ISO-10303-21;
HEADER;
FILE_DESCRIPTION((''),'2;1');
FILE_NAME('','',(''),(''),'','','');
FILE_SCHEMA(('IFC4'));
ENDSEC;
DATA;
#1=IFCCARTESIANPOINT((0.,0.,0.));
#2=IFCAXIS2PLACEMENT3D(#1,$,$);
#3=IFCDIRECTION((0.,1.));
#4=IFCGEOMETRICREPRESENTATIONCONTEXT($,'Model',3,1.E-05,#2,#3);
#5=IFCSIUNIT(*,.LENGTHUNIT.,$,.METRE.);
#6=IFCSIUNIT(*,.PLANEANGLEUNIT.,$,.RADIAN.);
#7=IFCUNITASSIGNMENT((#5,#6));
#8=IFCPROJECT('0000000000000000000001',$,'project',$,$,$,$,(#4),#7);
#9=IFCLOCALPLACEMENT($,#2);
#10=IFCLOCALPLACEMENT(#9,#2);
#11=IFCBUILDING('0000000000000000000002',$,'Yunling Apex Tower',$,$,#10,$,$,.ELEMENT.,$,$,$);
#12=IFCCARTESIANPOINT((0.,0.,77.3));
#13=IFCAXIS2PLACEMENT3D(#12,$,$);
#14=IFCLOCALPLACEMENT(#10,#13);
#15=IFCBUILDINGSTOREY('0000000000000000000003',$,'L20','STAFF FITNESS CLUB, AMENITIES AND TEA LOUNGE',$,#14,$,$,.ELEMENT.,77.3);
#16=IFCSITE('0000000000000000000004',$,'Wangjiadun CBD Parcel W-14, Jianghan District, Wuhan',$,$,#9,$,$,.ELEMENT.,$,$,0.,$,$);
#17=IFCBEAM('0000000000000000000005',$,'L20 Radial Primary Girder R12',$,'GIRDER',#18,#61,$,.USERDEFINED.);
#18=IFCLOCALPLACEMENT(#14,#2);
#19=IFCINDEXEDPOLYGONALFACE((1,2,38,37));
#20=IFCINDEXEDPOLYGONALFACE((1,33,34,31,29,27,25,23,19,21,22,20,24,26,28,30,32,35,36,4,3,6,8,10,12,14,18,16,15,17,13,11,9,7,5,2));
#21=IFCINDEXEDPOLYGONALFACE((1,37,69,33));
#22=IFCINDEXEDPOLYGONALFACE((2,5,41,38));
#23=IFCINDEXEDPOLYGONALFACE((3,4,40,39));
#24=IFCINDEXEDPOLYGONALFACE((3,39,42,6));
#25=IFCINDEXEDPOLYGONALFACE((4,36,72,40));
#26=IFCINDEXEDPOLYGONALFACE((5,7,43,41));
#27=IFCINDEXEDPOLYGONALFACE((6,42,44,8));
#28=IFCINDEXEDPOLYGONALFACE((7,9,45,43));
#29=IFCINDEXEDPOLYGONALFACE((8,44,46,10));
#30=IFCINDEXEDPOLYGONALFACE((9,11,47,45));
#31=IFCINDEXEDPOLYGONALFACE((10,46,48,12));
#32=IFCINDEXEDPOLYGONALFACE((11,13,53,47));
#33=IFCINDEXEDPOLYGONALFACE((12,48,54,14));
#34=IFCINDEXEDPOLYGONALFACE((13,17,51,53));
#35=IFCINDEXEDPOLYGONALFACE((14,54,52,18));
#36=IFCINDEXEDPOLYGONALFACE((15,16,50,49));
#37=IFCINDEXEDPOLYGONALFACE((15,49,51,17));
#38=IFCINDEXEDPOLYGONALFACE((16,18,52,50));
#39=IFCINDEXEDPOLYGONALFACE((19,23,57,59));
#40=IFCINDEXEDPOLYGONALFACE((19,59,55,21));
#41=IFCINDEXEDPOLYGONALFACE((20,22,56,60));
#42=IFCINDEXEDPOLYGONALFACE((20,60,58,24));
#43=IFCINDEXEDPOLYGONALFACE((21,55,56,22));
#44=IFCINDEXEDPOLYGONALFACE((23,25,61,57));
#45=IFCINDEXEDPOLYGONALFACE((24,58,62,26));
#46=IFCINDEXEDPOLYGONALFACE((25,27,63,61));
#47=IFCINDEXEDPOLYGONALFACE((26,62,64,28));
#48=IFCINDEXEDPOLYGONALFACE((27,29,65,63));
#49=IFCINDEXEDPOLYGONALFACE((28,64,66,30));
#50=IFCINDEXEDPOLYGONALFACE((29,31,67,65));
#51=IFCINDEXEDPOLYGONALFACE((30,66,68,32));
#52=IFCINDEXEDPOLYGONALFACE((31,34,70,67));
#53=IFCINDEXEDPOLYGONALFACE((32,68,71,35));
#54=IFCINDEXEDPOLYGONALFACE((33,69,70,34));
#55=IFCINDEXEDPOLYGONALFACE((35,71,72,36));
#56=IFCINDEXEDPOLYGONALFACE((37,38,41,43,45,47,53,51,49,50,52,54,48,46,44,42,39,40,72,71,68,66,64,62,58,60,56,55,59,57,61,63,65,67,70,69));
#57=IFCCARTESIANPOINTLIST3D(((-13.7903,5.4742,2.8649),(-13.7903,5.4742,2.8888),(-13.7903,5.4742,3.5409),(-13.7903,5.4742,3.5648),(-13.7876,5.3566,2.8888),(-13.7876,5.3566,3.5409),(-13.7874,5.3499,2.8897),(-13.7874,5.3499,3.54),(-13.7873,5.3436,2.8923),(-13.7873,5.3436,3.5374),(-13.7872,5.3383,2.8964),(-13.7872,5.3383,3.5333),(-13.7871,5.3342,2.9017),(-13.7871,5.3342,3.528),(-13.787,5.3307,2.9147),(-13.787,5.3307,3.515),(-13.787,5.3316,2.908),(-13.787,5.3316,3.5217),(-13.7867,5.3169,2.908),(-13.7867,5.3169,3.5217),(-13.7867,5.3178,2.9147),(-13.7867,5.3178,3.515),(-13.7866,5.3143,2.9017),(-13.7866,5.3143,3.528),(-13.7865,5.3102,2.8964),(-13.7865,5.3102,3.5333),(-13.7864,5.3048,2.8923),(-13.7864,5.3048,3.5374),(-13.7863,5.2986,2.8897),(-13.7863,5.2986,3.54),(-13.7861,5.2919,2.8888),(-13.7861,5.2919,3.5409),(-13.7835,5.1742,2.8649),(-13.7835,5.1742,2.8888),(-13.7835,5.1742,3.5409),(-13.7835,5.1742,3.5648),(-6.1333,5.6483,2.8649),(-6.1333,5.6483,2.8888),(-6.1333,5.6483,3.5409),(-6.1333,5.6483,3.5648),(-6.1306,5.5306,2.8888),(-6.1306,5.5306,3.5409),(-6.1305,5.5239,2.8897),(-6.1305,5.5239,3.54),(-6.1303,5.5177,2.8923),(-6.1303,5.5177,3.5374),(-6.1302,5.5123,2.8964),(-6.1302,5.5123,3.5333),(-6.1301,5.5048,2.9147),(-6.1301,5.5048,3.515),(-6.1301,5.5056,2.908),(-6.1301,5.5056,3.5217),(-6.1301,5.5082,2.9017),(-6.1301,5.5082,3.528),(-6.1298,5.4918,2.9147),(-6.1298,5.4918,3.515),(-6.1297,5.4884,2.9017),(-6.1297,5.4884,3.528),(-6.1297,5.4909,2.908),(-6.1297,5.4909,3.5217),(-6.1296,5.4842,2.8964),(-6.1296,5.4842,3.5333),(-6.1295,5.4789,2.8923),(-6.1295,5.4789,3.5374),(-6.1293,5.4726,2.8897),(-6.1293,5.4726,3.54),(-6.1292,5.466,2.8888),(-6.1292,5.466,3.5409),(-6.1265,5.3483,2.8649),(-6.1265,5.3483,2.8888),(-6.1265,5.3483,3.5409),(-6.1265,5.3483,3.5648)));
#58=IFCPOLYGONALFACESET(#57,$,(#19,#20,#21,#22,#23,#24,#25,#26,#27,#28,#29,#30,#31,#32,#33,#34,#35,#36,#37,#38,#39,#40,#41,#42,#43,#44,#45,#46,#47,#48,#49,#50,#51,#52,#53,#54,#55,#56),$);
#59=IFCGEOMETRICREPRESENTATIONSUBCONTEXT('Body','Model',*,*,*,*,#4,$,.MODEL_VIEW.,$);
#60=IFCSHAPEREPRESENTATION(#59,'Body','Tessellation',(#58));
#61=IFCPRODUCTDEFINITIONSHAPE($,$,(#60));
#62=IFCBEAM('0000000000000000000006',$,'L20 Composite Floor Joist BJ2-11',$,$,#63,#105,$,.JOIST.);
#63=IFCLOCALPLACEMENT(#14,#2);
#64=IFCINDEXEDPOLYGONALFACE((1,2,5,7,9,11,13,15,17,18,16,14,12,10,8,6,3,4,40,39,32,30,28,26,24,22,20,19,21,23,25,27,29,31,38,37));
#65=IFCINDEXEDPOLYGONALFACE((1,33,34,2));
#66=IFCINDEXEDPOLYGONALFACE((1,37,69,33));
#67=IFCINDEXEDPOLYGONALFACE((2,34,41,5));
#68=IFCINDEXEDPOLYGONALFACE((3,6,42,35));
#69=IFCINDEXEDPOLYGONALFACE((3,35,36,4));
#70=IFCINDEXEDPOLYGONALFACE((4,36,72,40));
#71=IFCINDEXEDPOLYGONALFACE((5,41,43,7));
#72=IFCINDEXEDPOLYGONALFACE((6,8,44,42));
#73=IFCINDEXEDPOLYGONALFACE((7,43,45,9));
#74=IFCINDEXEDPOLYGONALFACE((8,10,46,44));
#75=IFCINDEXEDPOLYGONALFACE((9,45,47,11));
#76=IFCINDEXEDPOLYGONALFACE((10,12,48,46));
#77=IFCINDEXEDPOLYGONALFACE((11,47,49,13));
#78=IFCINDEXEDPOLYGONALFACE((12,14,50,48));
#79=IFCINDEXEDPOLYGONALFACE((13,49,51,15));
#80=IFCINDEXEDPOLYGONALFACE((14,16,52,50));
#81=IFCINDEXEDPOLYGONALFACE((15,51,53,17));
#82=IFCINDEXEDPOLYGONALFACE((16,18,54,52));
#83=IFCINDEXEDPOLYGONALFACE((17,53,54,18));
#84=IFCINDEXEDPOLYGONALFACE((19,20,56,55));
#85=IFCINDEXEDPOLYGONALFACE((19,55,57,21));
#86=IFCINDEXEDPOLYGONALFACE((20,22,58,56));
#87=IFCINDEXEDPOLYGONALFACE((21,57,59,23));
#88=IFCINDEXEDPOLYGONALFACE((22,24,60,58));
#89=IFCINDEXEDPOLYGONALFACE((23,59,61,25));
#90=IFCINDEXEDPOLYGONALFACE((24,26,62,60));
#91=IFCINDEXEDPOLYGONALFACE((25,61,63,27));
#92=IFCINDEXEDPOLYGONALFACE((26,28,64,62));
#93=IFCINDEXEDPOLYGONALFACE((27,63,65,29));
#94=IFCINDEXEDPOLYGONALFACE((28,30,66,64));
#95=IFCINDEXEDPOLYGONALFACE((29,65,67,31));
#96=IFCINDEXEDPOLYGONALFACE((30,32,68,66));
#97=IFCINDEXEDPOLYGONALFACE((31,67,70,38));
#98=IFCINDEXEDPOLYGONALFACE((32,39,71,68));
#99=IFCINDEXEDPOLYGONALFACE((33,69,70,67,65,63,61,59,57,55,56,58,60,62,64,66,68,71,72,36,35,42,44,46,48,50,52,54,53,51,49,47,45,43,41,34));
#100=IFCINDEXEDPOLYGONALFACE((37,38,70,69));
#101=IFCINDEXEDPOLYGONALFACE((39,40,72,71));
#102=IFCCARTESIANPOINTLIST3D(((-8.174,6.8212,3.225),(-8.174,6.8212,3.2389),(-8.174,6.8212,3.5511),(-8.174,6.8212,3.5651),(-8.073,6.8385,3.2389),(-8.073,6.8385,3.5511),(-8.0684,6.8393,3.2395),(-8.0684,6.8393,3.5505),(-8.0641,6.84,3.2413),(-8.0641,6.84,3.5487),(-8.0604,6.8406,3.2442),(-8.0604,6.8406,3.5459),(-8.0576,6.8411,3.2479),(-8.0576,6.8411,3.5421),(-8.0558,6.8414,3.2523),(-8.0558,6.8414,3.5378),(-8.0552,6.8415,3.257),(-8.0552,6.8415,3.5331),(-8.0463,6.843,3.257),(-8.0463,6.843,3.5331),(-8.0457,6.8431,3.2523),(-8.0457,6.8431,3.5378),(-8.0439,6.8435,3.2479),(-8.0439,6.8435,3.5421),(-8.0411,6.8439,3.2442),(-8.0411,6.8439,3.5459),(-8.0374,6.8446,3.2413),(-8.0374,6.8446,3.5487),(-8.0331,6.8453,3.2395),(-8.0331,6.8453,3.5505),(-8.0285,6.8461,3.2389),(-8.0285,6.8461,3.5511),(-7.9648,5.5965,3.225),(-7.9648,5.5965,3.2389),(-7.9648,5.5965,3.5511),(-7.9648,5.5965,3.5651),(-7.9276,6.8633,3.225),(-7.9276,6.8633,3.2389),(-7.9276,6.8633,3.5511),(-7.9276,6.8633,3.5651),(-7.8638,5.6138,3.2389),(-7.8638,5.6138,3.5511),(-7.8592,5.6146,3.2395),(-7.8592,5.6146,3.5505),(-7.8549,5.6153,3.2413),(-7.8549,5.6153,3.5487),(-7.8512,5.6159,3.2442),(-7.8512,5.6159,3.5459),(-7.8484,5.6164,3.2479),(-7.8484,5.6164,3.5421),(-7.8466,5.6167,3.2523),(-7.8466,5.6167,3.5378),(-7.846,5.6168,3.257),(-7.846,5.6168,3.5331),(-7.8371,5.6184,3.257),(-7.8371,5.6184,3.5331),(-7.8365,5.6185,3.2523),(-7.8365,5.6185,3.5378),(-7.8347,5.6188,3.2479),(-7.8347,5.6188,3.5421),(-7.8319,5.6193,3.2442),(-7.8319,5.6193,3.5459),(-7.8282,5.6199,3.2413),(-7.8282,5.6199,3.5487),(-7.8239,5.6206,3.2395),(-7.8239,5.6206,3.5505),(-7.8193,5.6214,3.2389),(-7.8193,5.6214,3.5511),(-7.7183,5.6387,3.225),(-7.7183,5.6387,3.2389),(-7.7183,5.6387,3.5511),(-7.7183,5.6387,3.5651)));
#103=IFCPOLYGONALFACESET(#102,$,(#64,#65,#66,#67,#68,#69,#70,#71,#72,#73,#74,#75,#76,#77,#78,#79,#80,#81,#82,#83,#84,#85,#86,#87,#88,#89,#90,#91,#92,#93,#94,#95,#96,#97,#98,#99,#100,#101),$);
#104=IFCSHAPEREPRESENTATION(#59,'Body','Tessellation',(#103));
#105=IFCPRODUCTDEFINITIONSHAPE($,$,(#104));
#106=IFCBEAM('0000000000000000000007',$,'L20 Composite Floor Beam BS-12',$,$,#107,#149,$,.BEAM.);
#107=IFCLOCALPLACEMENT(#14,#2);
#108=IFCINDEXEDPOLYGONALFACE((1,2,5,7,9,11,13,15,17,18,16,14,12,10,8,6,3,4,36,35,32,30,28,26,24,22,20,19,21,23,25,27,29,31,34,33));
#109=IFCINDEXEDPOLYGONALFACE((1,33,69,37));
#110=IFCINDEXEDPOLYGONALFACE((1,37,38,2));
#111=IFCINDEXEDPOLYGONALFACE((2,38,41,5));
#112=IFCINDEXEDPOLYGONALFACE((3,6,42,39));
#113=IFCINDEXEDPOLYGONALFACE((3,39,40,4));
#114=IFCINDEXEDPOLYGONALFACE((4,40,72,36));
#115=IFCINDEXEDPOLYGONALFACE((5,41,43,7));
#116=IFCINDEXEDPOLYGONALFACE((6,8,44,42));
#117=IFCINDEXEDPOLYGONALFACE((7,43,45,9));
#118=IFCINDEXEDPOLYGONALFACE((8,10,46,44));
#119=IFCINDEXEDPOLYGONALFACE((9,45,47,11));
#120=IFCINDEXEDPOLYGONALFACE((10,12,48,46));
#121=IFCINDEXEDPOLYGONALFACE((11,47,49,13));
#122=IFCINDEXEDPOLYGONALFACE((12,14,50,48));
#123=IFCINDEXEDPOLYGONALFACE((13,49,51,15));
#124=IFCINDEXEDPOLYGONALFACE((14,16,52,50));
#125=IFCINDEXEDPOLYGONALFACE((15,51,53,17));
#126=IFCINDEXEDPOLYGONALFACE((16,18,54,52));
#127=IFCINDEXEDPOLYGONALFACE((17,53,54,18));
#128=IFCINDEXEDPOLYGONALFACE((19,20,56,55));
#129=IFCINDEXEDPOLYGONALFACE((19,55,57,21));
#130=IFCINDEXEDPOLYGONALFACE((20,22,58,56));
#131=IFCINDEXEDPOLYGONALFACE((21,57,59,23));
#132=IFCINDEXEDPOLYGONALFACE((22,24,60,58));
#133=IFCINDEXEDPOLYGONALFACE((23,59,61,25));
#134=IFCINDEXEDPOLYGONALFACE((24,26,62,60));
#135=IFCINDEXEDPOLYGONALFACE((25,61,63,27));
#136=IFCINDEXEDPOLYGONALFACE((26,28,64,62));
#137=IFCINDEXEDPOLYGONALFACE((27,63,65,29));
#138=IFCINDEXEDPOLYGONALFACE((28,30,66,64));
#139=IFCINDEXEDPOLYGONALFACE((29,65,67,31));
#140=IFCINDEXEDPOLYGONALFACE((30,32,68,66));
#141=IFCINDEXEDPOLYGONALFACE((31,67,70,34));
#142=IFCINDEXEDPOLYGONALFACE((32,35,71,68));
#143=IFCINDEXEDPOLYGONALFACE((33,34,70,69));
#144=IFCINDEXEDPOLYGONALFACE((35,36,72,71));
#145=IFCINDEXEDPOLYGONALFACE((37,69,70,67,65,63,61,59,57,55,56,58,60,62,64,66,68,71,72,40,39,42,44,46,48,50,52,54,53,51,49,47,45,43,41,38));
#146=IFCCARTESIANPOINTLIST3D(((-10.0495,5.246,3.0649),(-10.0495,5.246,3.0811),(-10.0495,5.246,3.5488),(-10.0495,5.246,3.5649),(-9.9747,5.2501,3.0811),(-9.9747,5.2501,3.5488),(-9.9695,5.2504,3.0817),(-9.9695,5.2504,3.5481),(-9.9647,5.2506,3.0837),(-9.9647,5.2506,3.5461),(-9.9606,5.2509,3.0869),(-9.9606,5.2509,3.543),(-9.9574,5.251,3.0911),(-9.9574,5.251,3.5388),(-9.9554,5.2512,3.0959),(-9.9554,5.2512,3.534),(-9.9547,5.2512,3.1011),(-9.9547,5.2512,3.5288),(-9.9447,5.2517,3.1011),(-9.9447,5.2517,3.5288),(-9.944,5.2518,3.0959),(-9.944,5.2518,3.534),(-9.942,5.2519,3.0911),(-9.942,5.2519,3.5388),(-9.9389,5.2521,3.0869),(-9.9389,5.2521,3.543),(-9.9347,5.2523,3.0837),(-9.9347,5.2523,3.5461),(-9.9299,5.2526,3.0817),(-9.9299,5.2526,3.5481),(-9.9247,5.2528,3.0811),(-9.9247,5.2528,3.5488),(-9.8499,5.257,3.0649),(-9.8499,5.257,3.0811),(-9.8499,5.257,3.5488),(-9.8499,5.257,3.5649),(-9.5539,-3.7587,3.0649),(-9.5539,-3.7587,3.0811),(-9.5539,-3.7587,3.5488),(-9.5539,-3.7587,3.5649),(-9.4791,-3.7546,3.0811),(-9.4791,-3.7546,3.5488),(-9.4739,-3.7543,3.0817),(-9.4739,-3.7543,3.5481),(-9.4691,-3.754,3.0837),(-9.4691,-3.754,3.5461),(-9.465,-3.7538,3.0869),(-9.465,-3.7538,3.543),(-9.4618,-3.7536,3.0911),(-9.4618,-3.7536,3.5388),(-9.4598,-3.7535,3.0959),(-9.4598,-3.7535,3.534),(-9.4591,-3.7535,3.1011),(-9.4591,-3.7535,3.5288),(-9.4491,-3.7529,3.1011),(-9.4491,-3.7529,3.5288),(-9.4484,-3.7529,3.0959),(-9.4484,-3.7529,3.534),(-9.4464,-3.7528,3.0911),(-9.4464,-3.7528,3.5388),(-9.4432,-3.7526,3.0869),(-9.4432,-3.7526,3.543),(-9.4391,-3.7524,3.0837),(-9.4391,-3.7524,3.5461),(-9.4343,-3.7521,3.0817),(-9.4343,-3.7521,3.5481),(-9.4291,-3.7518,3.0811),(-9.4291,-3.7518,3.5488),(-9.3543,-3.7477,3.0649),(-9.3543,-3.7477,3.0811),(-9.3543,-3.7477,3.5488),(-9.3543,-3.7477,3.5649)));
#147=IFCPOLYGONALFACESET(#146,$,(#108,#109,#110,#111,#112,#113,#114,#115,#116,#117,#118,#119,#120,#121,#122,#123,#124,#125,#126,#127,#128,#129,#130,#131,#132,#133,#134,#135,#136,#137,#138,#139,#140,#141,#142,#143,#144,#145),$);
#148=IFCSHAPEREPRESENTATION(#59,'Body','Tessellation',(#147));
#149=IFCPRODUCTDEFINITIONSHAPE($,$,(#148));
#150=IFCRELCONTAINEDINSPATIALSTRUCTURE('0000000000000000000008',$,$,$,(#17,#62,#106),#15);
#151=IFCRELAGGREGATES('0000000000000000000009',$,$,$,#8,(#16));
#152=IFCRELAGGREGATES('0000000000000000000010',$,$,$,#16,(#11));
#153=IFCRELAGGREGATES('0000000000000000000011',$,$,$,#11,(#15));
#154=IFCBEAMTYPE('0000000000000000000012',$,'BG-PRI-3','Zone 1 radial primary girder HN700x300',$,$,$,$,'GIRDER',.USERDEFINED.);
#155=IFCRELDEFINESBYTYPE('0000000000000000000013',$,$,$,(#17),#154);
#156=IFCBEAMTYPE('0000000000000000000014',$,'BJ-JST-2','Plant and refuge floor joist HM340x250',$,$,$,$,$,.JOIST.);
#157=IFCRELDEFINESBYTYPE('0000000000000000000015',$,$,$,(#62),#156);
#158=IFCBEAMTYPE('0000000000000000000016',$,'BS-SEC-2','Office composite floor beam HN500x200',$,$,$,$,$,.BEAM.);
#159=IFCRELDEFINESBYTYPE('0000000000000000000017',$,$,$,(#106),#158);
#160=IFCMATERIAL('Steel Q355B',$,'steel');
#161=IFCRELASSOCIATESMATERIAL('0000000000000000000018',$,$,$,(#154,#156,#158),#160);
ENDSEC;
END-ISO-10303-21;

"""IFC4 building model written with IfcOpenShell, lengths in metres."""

from ifc_helpers import new_model, si_unit, direction, frame, origin, origin_2d, place, context, subcontext, project, spatial, i_section, extrude, source, transform, mapped, material, material_profile, profile_set, type_object, element, save


model = new_model("IFC4")

# Units and contexts
model_context = context("Model", 3, precision=1e-05, world=origin(), true_north=direction((0.0, 1.0)))
body_context = subcontext(model_context, "Body", "Model", "MODEL_VIEW")
ifc_project = project(units=[si_unit("LENGTHUNIT", "METRE"), si_unit("PLANEANGLEUNIT", "RADIAN")], contexts=[model_context])

# Site, building, storey
site_placement = place(None, origin())
site = spatial("IfcSite", under=ifc_project, at=site_placement, Name="Wangjiadun CBD Parcel W-14, Jianghan District, Wuhan", CompositionType="ELEMENT", RefElevation=0.0)
building_placement = place(site_placement, origin())
building = spatial("IfcBuilding", under=site, at=building_placement, Name="Yunling Apex Tower", CompositionType="ELEMENT")
storey_placement = place(building_placement, frame((0.0, 0.0, 77.3)))
storey = spatial("IfcBuildingStorey", under=building, at=storey_placement, Name="L20", Description="STAFF FITNESS CLUB, AMENITIES AND TEA LOUNGE", CompositionType="ELEMENT", Elevation=77.3)

# Beams
ifc_material_1 = material(Name="Steel Q355B", Category="steel")
ifc_material_profile_1 = material_profile(ifc_material_1, i_section(OverallWidth=0.3, OverallDepth=0.7, WebThickness=0.0129, FlangeThickness=0.0239, FilletRadius=0.0259, at=origin_2d()))
ifc_profile_set_1 = profile_set([ifc_material_profile_1], Name="Steel Q355B")
beam_type_1 = type_object("IfcBeamType", Name="BG-PRI-3", Description="Zone 1 radial primary girder HN700x300", ElementType="GIRDER", PredefinedType="USERDEFINED", material=ifc_profile_set_1)
shared_shape_1 = source(origin(), body_context, "Body", "SweptSolid", [
    extrude(i_section(OverallWidth=0.3, OverallDepth=0.7, WebThickness=0.0129, FlangeThickness=0.0239, FilletRadius=0.0259, at=origin_2d()), origin(), (0.0, 0.0, 1.0), 7.6589),
])
beam_1_placement = place(storey_placement, frame((-13.7869, 5.3242, 3.2148), z_axis=(0.999742, 0.022728, 0.0), x_axis=(-0.022728, 0.999742, 0.0)))
element("IfcBeam", 1, at=beam_1_placement, inside=storey, type_object=beam_type_1, Name="L20 Radial Primary Girder R12", ObjectType="GIRDER", PredefinedType="USERDEFINED", context=body_context, shape_type="MappedRepresentation", body=[
    mapped(shared_shape_1, transform((0.0, 0.0, 0.0), scale=1.0)),
])
ifc_material_profile_2 = material_profile(ifc_material_1, i_section(OverallWidth=0.25, OverallDepth=0.3401, WebThickness=0.009, FlangeThickness=0.0139, FilletRadius=0.0181, at=origin_2d()))
ifc_profile_set_2 = profile_set([ifc_material_profile_2], Name="Steel Q355B")
beam_type_2 = type_object("IfcBeamType", Name="BJ-JST-2", Description="Plant and refuge floor joist HM340x250", PredefinedType="JOIST", material=ifc_profile_set_2)
shared_shape_2 = source(origin(), body_context, "Body", "SweptSolid", [
    extrude(i_section(OverallWidth=0.25, OverallDepth=0.3401, WebThickness=0.009, FlangeThickness=0.0139, FilletRadius=0.0181, at=origin_2d()), origin(), (0.0, 0.0, 1.0), 1.2424),
])
beam_2_placement = place(storey_placement, frame((-8.0508, 6.8423, 3.395), z_axis=(0.168413, -0.985717, 0.0), x_axis=(0.985717, 0.168413, 0.0)))
element("IfcBeam", 2, at=beam_2_placement, inside=storey, type_object=beam_type_2, Name="L20 Composite Floor Joist BJ2-11", PredefinedType="JOIST", context=body_context, shape_type="MappedRepresentation", body=[
    mapped(shared_shape_2, transform((0.0, 0.0, 0.0), scale=1.0)),
])
ifc_material_profile_3 = material_profile(ifc_material_1, i_section(OverallWidth=0.2, OverallDepth=0.5, WebThickness=0.01, FlangeThickness=0.0161, FilletRadius=0.02, at=origin_2d()))
ifc_profile_set_3 = profile_set([ifc_material_profile_3], Name="Steel Q355B")
beam_type_3 = type_object("IfcBeamType", Name="BS-SEC-2", Description="Office composite floor beam HN500x200", PredefinedType="BEAM", material=ifc_profile_set_3)
shared_shape_3 = source(origin(), body_context, "Body", "SweptSolid", [
    extrude(i_section(OverallWidth=0.2, OverallDepth=0.5, WebThickness=0.01, FlangeThickness=0.0161, FilletRadius=0.02, at=origin_2d()), origin(), (0.0, 0.0, 1.0), 9.0183),
])
beam_3_placement = place(storey_placement, frame((-9.9497, 5.2515, 3.3149), z_axis=(0.054956, -0.998489, 0.0), x_axis=(0.998489, 0.054956, 0.0)))
element("IfcBeam", 3, at=beam_3_placement, inside=storey, type_object=beam_type_3, Name="L20 Composite Floor Beam BS-12", PredefinedType="BEAM", context=body_context, shape_type="MappedRepresentation", body=[
    mapped(shared_shape_3, transform((0.0, 0.0, 0.0), scale=1.0)),
])

save(model, "model.ifc")
